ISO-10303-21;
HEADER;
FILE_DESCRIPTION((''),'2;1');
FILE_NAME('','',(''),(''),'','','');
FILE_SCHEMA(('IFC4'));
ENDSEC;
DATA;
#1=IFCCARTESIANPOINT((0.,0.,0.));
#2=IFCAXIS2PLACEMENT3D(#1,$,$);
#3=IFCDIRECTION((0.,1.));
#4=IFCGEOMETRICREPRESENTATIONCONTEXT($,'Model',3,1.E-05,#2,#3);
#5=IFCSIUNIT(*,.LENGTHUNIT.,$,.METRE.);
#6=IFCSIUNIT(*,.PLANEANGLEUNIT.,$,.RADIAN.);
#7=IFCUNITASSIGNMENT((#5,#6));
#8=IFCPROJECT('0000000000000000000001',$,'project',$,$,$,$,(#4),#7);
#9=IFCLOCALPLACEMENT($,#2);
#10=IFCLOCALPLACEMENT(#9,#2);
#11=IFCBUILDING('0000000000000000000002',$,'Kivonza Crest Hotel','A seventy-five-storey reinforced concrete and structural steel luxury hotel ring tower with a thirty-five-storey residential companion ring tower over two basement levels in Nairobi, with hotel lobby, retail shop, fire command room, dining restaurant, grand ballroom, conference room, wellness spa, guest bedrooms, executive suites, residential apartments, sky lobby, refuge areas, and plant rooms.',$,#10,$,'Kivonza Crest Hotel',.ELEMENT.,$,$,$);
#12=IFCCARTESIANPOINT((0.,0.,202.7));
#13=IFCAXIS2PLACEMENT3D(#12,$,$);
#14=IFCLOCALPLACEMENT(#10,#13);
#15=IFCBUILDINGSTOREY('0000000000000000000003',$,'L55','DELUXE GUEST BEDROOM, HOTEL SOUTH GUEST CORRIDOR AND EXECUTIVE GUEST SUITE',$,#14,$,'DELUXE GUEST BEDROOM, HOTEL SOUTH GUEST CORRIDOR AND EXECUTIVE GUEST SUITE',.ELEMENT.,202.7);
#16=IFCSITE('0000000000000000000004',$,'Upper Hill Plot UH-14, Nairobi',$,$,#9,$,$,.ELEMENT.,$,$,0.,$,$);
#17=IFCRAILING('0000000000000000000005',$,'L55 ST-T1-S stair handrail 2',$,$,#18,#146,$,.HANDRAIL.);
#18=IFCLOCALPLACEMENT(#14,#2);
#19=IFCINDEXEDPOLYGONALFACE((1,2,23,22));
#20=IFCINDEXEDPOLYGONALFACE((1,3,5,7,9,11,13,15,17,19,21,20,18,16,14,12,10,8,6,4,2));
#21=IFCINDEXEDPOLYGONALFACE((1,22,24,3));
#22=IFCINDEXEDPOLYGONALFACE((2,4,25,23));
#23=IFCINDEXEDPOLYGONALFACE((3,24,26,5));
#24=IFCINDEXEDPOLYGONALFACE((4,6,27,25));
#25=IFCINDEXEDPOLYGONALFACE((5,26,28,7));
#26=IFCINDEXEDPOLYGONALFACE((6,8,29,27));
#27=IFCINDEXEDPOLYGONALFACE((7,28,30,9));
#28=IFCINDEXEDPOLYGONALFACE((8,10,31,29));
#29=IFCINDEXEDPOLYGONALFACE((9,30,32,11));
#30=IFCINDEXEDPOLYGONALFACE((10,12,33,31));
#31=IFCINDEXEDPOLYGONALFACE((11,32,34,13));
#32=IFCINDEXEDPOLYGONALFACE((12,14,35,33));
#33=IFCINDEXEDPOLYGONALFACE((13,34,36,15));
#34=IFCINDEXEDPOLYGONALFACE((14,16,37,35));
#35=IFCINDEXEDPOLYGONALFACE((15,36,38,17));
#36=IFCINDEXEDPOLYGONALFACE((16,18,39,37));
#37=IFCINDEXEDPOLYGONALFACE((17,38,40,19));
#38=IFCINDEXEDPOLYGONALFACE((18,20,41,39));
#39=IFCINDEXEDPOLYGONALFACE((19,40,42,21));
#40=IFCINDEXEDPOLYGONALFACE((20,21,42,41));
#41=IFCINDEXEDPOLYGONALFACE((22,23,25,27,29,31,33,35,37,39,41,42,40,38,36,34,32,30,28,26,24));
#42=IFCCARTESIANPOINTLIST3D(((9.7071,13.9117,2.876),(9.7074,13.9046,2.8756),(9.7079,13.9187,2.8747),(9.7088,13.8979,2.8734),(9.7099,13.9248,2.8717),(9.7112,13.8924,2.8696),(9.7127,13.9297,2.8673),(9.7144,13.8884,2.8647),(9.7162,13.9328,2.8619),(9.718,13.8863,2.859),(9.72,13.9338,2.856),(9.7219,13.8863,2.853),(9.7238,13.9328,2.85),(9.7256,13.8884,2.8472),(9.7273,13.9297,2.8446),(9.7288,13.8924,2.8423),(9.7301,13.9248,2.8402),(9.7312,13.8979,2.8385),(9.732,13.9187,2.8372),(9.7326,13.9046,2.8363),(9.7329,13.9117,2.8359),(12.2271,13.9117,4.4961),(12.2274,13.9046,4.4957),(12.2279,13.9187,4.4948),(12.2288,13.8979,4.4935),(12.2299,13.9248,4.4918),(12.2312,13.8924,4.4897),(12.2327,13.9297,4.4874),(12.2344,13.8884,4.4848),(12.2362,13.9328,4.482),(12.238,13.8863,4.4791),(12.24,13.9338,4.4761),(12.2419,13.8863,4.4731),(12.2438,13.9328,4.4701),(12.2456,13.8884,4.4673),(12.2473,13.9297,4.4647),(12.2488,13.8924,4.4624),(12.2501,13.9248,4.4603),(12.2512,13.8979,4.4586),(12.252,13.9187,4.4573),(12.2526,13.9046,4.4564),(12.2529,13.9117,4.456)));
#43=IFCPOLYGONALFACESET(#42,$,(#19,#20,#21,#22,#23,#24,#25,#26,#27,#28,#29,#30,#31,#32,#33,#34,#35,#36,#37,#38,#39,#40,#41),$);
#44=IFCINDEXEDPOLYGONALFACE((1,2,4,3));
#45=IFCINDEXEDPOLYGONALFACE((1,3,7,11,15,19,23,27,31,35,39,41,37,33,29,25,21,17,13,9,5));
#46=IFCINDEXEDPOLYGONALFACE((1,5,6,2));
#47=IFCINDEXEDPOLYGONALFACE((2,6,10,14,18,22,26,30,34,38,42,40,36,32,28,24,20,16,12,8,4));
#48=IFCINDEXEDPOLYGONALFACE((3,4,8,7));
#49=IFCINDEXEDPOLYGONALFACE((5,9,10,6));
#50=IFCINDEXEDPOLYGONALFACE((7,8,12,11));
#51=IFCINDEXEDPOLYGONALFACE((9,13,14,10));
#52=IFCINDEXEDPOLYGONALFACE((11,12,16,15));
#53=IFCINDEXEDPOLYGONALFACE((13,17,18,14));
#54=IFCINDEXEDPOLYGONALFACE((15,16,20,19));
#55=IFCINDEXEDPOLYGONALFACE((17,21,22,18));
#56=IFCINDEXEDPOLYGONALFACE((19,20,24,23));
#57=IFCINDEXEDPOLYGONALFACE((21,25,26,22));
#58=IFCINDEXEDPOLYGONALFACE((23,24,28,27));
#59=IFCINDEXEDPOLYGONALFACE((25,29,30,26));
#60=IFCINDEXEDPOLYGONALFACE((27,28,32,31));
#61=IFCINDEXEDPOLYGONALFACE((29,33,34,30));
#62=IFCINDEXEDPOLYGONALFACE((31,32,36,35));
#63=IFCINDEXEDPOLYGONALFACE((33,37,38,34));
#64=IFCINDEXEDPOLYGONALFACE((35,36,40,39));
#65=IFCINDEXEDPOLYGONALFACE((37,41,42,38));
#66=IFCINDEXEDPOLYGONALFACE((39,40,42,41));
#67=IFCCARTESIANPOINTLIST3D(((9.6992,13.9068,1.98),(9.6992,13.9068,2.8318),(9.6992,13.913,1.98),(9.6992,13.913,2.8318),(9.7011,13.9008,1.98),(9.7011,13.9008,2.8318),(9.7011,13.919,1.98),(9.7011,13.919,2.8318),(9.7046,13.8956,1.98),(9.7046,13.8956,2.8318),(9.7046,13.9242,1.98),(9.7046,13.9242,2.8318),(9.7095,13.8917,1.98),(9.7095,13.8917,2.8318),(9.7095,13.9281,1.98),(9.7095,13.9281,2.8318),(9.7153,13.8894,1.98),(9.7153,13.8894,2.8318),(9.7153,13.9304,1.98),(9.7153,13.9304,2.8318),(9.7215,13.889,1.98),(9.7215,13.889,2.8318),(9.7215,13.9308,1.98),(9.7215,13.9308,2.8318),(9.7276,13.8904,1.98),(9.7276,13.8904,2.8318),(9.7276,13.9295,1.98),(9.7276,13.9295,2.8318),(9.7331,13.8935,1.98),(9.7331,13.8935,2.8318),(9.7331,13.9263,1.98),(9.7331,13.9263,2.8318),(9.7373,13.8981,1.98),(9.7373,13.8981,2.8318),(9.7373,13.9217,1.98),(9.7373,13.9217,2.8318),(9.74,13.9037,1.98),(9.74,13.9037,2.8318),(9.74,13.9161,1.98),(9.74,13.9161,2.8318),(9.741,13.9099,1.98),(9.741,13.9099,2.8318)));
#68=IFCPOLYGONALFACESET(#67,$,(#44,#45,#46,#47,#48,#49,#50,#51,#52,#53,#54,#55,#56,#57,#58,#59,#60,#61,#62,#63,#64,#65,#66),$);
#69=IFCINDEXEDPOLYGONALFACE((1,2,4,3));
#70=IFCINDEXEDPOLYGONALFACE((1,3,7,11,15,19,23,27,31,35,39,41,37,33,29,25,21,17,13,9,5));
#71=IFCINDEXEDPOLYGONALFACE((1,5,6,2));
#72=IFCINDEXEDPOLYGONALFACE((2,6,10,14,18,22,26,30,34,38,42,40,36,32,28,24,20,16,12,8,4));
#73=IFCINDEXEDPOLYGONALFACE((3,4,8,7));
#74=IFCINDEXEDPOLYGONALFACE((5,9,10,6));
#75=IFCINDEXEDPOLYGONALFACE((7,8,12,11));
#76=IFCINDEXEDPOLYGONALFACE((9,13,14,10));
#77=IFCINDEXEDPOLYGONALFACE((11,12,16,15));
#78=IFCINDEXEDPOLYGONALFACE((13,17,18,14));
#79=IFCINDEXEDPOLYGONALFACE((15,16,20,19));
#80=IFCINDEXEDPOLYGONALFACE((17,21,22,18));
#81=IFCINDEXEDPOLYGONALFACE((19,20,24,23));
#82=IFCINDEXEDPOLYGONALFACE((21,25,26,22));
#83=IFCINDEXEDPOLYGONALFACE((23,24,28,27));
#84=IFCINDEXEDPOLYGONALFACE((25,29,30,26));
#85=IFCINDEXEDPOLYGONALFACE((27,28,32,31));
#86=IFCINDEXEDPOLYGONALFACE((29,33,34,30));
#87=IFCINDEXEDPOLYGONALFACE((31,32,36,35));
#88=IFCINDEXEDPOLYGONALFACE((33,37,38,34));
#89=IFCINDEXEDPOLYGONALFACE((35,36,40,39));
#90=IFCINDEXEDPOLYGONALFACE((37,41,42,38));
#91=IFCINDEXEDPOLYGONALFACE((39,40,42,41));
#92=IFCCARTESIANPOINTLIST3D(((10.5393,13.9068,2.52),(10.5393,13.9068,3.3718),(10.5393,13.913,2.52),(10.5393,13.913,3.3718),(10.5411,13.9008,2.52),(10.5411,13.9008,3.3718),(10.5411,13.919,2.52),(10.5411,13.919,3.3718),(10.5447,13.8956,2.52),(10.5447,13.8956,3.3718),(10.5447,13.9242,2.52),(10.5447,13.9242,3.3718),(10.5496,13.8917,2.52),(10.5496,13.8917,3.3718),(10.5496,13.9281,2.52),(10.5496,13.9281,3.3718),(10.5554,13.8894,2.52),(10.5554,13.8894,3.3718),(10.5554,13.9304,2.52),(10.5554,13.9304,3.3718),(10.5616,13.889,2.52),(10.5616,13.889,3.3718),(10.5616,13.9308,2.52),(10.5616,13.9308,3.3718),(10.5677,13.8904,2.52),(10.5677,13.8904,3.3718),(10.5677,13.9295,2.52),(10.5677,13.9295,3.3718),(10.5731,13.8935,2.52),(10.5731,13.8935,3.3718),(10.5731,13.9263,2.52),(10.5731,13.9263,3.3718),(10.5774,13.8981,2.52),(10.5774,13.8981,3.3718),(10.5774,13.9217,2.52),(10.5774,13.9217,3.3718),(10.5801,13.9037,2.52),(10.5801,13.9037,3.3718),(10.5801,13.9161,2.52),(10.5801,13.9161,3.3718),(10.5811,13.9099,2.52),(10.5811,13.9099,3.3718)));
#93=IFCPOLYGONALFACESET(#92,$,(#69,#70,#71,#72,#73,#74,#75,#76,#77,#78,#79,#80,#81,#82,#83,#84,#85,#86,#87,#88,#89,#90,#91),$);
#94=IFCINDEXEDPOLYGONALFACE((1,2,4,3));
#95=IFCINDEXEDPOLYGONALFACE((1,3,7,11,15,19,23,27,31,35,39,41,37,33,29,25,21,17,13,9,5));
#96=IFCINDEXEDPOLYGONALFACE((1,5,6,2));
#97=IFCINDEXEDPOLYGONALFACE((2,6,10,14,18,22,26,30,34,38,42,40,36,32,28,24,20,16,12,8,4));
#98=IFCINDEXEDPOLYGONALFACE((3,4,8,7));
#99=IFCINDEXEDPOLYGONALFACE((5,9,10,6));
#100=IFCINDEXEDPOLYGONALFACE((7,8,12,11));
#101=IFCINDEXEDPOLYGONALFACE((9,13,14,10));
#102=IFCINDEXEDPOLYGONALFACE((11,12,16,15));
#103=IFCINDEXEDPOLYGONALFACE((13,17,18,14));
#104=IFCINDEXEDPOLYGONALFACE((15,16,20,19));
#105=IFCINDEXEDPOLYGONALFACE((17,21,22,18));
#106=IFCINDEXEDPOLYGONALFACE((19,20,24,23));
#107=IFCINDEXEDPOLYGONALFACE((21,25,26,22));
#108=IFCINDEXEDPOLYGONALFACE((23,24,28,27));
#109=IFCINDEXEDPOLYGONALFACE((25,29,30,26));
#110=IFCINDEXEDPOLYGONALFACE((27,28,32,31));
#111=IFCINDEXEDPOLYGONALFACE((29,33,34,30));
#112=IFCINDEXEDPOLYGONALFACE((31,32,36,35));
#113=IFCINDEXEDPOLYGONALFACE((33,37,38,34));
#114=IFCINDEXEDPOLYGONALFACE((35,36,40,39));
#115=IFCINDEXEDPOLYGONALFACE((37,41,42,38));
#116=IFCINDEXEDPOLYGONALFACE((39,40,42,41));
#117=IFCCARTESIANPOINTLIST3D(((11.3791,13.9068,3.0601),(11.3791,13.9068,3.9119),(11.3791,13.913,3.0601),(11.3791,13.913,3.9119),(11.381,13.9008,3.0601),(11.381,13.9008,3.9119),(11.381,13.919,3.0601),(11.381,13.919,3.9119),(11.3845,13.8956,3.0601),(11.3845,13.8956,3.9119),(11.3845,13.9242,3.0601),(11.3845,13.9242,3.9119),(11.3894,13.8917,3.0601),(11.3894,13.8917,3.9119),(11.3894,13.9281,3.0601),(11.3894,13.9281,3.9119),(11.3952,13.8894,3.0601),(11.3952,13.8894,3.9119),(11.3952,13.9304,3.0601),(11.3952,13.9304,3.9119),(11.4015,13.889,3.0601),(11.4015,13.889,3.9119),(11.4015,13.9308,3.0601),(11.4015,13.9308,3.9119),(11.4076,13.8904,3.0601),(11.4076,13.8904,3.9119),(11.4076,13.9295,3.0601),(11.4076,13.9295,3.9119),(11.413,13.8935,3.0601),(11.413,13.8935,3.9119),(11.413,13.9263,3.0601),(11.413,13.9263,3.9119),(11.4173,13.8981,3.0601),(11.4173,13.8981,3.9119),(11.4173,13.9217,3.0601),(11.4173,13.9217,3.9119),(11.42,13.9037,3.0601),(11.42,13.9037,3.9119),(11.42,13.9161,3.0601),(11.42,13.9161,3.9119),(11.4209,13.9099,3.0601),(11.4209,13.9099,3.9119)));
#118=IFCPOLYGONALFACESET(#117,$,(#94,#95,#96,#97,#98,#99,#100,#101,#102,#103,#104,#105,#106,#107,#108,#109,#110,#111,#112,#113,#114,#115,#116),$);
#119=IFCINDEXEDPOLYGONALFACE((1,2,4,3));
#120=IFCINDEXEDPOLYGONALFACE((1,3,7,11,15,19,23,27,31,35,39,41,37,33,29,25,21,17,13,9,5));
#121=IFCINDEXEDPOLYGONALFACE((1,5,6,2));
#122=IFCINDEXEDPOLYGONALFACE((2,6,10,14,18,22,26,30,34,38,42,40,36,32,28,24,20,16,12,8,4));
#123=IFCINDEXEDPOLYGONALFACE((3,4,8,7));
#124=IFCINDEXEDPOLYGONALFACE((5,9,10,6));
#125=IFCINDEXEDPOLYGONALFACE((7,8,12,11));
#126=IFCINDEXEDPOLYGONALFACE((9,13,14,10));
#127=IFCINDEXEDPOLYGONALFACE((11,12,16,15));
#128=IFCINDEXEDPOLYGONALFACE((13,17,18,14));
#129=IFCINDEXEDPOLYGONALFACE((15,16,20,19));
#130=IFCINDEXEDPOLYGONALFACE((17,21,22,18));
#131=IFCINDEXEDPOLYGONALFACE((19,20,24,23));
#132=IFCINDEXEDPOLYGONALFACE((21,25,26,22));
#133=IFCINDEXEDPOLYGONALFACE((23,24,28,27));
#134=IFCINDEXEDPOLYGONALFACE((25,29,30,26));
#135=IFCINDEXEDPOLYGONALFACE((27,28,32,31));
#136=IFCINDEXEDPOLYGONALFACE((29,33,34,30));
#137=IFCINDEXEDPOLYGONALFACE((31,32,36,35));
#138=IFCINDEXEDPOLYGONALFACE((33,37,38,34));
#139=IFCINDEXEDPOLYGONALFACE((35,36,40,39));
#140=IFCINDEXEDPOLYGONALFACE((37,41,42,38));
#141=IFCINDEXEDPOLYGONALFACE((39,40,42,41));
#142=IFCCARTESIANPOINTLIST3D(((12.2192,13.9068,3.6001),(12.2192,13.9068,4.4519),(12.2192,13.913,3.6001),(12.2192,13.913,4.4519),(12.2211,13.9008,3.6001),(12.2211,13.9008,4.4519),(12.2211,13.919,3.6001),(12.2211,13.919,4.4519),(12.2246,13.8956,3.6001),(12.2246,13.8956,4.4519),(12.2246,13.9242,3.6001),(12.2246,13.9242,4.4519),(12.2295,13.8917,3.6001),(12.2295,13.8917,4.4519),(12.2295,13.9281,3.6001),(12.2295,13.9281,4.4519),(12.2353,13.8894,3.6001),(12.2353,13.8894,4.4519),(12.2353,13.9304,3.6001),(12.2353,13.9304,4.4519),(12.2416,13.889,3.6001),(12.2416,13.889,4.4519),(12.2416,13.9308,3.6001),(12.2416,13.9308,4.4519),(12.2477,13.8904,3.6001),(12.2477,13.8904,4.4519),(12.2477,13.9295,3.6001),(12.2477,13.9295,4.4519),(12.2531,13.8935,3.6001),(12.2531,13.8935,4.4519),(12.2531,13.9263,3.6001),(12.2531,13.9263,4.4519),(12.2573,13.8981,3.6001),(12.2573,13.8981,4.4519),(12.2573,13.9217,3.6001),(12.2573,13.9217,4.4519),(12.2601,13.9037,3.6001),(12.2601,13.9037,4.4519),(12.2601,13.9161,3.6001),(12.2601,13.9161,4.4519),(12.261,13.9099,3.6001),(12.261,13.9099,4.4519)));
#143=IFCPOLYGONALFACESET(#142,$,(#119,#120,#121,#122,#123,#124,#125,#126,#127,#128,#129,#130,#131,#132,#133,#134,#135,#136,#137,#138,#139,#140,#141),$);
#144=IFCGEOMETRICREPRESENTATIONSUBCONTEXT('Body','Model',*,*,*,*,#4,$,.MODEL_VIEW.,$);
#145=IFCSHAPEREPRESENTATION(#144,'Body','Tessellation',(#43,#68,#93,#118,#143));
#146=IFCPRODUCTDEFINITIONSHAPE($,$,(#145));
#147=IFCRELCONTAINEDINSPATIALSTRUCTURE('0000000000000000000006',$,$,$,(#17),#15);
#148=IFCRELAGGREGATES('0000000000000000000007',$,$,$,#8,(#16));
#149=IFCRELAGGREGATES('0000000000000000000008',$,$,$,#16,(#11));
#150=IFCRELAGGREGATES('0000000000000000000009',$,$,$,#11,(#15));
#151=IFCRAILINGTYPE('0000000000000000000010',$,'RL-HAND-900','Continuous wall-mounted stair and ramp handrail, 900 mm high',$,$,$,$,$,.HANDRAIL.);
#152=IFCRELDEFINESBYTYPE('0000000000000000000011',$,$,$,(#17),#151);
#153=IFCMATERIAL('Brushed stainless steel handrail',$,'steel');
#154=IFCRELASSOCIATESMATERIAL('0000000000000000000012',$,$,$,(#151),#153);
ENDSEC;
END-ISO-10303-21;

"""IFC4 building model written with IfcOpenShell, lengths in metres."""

from ifc_helpers import new_model, si_unit, direction, frame, origin, origin_2d, place, context, subcontext, project, spatial, circle, extrude, material, type_object, element, save


model = new_model("IFC4")

# Units and contexts
model_context = context("Model", 3, precision=1e-05, world=origin(), true_north=direction((0.0, 1.0)))
body_context = subcontext(model_context, "Body", "Model", "MODEL_VIEW")
ifc_project = project(units=[si_unit("LENGTHUNIT", "METRE"), si_unit("PLANEANGLEUNIT", "RADIAN")], contexts=[model_context])

# Site, building, storey
site_placement = place(None, origin())
site = spatial("IfcSite", under=ifc_project, at=site_placement, Name="Upper Hill Plot UH-14, Nairobi", CompositionType="ELEMENT", RefElevation=0.0)
building_placement = place(site_placement, origin())
building = spatial("IfcBuilding", under=site, at=building_placement, Name="Kivonza Crest Hotel", Description="A seventy-five-storey reinforced concrete and structural steel luxury hotel ring tower with a thirty-five-storey residential companion ring tower over two basement levels in Nairobi, with hotel lobby, retail shop, fire command room, dining restaurant, grand ballroom, conference room, wellness spa, guest bedrooms, executive suites, residential apartments, sky lobby, refuge areas, and plant rooms.", LongName="Kivonza Crest Hotel", CompositionType="ELEMENT")
storey_placement = place(building_placement, frame((0.0, 0.0, 202.7)))
storey = spatial("IfcBuildingStorey", under=building, at=storey_placement, Name="L55", Description="DELUXE GUEST BEDROOM, HOTEL SOUTH GUEST CORRIDOR AND EXECUTIVE GUEST SUITE", LongName="DELUXE GUEST BEDROOM, HOTEL SOUTH GUEST CORRIDOR AND EXECUTIVE GUEST SUITE", CompositionType="ELEMENT", Elevation=202.7)

# Railing
ifc_material_1 = material(Name="Brushed stainless steel handrail", Category="steel")
railing_type_1 = type_object("IfcRailingType", Name="RL-HAND-900", Description="Continuous wall-mounted stair and ramp handrail, 900 mm high", PredefinedType="HANDRAIL", material=ifc_material_1)
railing_1_placement = place(storey_placement, frame((9.72, 13.9099, 1.98)))
element("IfcRailing", 1, at=railing_1_placement, inside=storey, type_object=railing_type_1, Name="L55 ST-T1-S stair handrail 2", PredefinedType="HANDRAIL", context=body_context, shape_type="SweptSolid", body=[
    extrude(circle(Radius=0.0239, at=origin_2d()), frame((0.0, 0.0, 0.876), z_axis=(0.841163, 0.0, 0.540782), x_axis=(0.0, 1.0, 0.0)), (0.0, 0.0, 1.0), 2.9958),
    extrude(circle(Radius=0.021, at=origin_2d()), origin(), (0.0, 0.0, 1.0), 0.8518),
    extrude(circle(Radius=0.021, at=origin_2d()), frame((0.8401, 0.0, 0.54)), (0.0, 0.0, 1.0), 0.8518),
    extrude(circle(Radius=0.021, at=origin_2d()), frame((1.6799, 0.0, 1.0801)), (0.0, 0.0, 1.0), 0.8518),
    extrude(circle(Radius=0.021, at=origin_2d()), frame((2.52, 0.0, 1.6201)), (0.0, 0.0, 1.0), 0.8518),
])

save(model, "model.ifc")
